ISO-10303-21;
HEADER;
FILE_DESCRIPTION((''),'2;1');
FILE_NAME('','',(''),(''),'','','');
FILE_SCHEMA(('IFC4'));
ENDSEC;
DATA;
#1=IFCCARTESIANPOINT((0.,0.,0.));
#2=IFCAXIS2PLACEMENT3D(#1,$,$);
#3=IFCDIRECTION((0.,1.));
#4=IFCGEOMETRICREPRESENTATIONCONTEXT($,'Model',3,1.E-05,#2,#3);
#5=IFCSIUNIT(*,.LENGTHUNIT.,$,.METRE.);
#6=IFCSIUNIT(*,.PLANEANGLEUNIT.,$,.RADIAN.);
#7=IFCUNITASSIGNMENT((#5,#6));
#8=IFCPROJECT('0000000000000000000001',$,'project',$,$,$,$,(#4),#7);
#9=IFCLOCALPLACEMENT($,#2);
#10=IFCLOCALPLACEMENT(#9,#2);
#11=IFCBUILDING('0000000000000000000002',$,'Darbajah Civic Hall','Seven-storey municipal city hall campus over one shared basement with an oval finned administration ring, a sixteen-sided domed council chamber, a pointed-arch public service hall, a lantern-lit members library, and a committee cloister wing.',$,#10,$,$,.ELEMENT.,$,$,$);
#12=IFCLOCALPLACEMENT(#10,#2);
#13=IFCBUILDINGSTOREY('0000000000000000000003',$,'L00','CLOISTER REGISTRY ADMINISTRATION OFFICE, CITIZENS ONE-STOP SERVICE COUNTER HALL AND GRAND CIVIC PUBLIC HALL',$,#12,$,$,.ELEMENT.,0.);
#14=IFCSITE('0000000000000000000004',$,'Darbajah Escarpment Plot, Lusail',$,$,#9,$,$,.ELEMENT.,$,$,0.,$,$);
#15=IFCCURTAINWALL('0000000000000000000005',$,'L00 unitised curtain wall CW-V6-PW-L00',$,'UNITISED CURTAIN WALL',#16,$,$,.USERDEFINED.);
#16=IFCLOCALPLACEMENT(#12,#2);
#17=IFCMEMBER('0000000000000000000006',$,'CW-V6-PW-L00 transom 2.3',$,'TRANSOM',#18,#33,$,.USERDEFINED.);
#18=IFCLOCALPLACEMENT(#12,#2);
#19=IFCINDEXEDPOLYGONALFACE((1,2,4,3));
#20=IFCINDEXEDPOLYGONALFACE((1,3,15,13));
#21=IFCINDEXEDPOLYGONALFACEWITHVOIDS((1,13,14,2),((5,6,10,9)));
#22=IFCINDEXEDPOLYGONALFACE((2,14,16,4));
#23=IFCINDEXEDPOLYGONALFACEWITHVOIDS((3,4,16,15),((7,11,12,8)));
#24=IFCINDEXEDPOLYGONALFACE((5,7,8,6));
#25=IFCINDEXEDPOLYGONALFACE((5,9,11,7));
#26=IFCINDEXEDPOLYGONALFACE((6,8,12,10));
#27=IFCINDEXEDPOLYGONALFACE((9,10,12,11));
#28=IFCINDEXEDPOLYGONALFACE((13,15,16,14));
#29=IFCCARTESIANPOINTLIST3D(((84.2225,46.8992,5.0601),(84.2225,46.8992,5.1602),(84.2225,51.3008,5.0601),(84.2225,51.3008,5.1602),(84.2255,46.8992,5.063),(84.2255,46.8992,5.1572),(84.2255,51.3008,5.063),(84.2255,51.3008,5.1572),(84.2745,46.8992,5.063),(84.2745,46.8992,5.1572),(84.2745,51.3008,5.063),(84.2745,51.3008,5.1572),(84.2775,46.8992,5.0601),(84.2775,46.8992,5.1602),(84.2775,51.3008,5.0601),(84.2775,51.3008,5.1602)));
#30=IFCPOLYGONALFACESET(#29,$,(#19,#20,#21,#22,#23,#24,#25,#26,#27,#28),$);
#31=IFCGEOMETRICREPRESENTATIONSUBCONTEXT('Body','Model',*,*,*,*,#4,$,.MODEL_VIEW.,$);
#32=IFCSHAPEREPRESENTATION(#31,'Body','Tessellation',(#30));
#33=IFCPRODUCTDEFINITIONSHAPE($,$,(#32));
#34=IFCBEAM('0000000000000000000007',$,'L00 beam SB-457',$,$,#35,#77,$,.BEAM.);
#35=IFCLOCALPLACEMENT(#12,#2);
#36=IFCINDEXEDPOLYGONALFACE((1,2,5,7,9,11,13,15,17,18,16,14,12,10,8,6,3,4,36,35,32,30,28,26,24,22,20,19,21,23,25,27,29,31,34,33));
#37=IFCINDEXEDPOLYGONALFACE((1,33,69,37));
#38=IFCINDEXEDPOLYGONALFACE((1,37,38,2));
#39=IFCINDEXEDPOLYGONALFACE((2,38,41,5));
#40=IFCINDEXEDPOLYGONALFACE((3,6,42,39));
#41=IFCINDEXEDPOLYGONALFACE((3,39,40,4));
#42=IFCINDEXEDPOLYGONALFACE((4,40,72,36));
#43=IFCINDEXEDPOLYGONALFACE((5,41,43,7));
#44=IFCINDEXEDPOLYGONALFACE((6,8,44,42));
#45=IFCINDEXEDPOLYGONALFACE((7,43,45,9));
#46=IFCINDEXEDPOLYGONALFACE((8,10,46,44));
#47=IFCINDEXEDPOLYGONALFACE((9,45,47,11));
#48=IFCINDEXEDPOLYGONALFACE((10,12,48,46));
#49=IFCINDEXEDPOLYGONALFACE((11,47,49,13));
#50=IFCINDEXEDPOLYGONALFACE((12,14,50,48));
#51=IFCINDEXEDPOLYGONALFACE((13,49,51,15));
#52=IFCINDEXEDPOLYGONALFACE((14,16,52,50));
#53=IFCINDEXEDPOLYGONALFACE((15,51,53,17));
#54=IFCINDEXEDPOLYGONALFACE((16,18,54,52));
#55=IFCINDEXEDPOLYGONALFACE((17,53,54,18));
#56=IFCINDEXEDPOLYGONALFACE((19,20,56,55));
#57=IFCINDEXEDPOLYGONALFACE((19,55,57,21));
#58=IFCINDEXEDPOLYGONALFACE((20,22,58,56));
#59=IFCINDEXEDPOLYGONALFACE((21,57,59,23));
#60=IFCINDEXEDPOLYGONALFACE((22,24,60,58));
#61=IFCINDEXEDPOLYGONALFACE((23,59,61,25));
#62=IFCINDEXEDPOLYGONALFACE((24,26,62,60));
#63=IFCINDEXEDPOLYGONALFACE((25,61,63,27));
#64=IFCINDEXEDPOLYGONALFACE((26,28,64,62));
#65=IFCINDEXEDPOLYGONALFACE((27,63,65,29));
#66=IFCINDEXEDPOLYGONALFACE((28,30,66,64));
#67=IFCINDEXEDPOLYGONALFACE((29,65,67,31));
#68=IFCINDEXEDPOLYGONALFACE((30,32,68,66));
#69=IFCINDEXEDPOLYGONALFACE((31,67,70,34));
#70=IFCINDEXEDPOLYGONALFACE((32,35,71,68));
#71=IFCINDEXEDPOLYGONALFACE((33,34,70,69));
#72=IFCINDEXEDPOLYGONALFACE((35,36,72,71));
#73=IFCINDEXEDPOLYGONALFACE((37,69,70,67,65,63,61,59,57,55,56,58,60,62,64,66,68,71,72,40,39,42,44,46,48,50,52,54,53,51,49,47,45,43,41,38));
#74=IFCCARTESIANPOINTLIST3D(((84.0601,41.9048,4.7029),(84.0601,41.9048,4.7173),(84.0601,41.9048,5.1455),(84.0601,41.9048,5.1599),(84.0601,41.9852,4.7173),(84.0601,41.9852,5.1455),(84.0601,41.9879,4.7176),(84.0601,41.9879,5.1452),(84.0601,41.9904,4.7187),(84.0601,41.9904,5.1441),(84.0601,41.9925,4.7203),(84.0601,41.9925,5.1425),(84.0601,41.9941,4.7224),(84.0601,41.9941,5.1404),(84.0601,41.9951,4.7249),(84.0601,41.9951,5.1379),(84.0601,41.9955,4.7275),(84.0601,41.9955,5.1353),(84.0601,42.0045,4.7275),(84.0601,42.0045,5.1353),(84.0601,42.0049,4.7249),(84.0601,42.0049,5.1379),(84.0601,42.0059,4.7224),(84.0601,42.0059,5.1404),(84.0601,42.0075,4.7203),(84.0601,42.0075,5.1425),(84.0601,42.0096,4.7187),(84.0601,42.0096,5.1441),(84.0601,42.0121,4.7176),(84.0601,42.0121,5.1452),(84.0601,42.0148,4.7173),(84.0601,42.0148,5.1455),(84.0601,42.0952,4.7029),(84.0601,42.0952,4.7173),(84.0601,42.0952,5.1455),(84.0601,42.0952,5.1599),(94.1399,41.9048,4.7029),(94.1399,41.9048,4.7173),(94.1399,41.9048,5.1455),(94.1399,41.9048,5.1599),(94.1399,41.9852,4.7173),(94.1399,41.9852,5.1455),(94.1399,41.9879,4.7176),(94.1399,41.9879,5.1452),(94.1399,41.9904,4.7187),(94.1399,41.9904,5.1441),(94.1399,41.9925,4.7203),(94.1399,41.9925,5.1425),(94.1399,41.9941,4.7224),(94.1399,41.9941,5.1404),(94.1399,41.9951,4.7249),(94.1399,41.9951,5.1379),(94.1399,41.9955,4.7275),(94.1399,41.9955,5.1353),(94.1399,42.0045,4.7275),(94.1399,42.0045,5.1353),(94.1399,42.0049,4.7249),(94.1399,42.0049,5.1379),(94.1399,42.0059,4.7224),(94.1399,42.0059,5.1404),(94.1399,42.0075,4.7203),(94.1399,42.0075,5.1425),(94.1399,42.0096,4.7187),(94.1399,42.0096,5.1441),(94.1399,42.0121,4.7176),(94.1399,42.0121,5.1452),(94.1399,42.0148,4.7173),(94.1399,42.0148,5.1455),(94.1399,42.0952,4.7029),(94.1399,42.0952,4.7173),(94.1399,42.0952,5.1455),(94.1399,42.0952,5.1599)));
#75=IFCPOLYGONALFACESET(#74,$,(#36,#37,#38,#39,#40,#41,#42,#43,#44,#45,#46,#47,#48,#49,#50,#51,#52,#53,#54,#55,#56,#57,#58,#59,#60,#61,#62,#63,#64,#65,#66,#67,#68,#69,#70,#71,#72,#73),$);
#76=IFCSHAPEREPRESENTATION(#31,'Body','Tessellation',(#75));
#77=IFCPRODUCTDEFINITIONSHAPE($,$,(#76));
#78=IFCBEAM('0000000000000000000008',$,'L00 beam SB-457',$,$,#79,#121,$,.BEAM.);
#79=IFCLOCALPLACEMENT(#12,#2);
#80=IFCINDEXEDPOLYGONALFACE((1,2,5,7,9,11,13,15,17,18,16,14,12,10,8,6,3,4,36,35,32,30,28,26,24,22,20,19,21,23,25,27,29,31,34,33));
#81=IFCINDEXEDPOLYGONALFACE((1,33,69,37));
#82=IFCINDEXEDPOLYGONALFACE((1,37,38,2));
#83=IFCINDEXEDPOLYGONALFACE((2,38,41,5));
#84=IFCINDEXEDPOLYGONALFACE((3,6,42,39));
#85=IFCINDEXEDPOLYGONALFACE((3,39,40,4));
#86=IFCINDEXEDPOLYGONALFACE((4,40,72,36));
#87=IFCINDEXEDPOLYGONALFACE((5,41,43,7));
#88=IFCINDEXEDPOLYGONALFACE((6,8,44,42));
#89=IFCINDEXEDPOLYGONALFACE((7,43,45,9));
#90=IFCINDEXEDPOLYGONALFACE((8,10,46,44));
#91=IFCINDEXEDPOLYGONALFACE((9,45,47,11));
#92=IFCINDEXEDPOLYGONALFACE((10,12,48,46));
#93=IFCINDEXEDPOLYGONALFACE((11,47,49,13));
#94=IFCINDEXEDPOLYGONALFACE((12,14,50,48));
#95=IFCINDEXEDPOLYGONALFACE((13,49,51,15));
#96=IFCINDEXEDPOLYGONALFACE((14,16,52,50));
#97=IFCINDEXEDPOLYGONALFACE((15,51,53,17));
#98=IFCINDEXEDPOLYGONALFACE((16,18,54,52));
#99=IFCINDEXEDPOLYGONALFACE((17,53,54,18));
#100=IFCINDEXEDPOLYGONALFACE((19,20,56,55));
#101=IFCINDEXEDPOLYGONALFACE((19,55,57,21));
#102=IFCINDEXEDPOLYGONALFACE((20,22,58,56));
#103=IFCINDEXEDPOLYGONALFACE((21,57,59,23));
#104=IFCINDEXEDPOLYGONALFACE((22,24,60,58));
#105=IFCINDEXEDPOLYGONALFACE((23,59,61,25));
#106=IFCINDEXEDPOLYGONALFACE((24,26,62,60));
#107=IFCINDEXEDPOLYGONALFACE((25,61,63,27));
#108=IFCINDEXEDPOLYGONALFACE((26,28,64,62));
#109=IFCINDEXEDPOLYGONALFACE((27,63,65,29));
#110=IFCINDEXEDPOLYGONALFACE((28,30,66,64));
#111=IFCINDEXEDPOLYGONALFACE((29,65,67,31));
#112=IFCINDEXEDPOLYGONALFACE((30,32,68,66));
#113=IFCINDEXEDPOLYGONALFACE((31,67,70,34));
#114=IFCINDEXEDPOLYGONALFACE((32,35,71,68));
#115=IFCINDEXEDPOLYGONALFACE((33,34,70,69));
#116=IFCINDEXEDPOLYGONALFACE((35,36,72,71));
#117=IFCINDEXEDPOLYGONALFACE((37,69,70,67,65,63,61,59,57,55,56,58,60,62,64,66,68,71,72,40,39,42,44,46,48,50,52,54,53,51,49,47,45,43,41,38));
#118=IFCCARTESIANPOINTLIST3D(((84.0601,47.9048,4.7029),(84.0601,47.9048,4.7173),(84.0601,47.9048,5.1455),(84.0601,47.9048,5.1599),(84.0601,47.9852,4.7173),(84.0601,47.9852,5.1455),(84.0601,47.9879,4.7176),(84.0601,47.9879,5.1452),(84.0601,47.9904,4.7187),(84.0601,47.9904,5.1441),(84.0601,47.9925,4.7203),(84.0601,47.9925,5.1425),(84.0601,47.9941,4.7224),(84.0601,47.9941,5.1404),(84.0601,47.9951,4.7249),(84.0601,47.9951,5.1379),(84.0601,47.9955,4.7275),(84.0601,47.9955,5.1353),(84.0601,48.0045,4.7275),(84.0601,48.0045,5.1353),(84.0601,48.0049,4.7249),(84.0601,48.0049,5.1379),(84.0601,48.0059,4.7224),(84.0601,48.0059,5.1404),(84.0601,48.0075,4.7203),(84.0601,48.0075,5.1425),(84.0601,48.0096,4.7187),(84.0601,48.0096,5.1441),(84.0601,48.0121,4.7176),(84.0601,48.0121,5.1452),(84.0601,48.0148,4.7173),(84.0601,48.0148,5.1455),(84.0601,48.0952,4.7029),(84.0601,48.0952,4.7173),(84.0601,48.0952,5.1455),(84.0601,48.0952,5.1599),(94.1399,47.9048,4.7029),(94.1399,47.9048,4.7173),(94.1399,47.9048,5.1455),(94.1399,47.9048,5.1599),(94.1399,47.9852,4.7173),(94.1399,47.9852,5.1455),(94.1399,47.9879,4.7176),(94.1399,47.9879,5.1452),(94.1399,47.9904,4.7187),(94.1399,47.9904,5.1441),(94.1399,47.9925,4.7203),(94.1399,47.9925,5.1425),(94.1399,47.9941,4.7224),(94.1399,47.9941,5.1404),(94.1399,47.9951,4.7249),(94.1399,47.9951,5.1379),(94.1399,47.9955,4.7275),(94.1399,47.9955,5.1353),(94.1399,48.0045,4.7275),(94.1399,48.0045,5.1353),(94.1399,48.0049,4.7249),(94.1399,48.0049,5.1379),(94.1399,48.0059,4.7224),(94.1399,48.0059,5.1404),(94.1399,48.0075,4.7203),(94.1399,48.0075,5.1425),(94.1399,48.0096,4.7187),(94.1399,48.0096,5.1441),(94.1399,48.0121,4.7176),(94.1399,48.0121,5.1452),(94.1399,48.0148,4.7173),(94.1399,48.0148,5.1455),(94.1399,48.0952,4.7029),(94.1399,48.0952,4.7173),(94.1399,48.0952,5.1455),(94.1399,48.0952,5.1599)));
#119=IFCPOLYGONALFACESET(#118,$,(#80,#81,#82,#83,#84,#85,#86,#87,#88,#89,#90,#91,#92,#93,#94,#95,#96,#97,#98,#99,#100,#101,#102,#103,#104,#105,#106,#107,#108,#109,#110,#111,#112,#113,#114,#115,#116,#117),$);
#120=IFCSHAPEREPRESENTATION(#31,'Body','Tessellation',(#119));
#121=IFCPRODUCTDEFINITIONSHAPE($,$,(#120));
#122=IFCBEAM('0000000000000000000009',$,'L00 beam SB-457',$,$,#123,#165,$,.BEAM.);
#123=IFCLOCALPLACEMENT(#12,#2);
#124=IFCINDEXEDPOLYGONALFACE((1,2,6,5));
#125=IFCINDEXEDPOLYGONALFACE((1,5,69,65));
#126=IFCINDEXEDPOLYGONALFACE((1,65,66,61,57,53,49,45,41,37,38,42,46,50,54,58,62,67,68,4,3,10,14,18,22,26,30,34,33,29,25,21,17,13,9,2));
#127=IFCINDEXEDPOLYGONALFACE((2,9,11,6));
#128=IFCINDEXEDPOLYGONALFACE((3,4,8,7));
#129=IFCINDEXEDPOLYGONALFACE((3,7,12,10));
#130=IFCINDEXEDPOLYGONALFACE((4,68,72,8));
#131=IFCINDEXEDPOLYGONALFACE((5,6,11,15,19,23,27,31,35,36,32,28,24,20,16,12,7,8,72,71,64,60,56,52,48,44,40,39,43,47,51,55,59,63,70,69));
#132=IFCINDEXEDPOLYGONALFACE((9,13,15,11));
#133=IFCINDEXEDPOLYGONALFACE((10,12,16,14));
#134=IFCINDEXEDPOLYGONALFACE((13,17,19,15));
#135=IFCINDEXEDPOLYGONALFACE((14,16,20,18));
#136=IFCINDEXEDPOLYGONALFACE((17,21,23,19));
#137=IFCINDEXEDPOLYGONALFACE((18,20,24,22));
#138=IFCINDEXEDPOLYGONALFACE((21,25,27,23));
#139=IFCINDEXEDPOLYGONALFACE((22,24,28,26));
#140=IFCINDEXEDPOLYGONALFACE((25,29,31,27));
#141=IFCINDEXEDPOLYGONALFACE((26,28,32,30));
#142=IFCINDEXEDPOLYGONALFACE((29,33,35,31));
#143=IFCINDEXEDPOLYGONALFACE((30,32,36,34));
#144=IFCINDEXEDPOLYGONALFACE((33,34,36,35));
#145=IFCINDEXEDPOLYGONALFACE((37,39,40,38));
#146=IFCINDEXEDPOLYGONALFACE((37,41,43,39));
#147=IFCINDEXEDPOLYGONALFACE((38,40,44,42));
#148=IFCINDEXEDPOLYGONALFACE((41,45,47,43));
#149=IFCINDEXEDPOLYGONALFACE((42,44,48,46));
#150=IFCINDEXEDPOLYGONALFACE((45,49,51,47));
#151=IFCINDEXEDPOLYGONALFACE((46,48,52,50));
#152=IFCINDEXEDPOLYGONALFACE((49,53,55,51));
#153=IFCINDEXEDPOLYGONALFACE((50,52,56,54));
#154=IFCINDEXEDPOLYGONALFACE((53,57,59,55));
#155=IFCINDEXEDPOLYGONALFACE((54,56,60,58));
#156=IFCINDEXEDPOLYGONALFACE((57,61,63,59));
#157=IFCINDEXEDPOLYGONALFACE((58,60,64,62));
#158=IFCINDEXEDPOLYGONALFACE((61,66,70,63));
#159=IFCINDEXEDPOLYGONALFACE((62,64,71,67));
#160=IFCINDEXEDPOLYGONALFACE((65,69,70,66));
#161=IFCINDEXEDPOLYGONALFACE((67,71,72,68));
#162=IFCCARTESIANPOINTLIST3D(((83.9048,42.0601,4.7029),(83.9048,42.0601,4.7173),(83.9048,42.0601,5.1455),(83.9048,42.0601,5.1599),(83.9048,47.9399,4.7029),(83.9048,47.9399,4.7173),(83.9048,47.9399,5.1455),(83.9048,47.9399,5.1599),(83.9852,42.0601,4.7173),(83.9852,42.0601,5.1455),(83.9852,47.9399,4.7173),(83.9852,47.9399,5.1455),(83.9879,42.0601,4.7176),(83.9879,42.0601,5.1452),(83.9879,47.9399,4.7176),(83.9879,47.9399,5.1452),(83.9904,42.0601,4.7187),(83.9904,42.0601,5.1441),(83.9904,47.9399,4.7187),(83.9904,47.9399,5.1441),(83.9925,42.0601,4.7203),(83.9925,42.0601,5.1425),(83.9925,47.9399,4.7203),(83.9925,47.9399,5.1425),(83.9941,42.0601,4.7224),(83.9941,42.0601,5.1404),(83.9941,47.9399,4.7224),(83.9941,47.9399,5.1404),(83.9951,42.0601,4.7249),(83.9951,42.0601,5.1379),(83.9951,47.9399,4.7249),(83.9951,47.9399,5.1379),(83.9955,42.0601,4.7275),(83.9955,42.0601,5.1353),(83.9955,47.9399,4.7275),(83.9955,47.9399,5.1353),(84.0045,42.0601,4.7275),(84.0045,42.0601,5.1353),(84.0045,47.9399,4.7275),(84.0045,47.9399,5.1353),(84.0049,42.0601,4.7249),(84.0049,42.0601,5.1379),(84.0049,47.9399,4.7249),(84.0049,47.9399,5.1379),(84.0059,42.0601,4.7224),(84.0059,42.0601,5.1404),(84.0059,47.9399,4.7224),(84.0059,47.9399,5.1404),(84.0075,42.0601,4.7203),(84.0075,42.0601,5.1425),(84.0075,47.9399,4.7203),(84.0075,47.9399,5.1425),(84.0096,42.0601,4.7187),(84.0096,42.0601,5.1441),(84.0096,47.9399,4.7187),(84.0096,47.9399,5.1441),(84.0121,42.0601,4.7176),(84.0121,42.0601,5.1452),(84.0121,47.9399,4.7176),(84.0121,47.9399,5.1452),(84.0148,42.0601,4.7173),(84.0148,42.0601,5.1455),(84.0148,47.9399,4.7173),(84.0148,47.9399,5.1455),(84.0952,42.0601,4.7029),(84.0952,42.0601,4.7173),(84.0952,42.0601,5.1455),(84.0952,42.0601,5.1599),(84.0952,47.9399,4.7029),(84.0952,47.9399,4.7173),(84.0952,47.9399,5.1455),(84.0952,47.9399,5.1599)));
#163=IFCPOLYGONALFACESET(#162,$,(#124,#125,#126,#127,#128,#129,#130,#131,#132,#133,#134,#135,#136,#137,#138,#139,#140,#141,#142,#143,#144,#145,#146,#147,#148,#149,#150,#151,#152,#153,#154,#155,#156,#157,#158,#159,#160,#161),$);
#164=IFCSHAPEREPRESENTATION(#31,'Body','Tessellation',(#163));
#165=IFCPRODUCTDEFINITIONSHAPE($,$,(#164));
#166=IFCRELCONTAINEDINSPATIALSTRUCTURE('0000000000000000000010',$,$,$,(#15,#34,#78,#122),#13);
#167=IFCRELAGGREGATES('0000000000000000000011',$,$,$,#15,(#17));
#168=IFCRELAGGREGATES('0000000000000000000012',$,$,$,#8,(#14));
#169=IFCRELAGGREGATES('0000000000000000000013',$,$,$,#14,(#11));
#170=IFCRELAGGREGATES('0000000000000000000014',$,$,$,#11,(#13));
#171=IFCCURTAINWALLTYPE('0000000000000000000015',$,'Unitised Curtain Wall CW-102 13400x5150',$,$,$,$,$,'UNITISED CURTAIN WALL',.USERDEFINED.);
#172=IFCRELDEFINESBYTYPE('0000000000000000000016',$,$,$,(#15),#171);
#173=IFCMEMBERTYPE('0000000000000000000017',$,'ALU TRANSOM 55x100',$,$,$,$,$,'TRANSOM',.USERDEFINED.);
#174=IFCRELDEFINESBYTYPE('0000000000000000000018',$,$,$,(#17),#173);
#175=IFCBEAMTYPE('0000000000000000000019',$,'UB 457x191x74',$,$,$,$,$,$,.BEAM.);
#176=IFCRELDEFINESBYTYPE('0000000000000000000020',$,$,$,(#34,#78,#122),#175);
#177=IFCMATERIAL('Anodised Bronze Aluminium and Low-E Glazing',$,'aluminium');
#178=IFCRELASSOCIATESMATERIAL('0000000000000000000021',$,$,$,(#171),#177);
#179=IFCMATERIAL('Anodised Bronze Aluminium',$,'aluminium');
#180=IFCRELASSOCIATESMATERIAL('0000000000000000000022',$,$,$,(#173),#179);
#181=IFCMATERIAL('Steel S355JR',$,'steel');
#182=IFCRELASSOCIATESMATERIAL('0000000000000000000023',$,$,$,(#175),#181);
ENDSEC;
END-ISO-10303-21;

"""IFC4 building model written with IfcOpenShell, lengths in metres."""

from ifc_helpers import new_model, si_unit, direction, frame, origin, origin_2d, place, context, subcontext, project, spatial, hollow_rectangle, i_section, extrude, material, material_profile, profile_set, type_object, element, aggregate, save


model = new_model("IFC4")

# Units and contexts
model_context = context("Model", 3, precision=1e-05, world=origin(), true_north=direction((0.0, 1.0)))
body_context = subcontext(model_context, "Body", "Model", "MODEL_VIEW")
ifc_project = project(units=[si_unit("LENGTHUNIT", "METRE"), si_unit("PLANEANGLEUNIT", "RADIAN")], contexts=[model_context])

# Site, building, storey
site_placement = place(None, origin())
site = spatial("IfcSite", under=ifc_project, at=site_placement, Name="Darbajah Escarpment Plot, Lusail", CompositionType="ELEMENT", RefElevation=0.0)
building_placement = place(site_placement, origin())
building = spatial("IfcBuilding", under=site, at=building_placement, Name="Darbajah Civic Hall", Description="Seven-storey municipal city hall campus over one shared basement with an oval finned administration ring, a sixteen-sided domed council chamber, a pointed-arch public service hall, a lantern-lit members library, and a committee cloister wing.", CompositionType="ELEMENT")
storey_placement = place(building_placement, origin())
storey = spatial("IfcBuildingStorey", under=building, at=storey_placement, Name="L00", Description="CLOISTER REGISTRY ADMINISTRATION OFFICE, CITIZENS ONE-STOP SERVICE COUNTER HALL AND GRAND CIVIC PUBLIC HALL", CompositionType="ELEMENT", Elevation=0.0)

# Shared definitions
ifc_material_1 = material(Name="Steel S355JR", Category="steel")

# Curtain wall
ifc_material_2 = material(Name="Anodised Bronze Aluminium and Low-E Glazing", Category="aluminium")
ifc_material_3 = material(Name="Anodised Bronze Aluminium", Category="aluminium")
curtain_wall_type_1 = type_object("IfcCurtainWallType", Name="Unitised Curtain Wall CW-102 13400x5150", ElementType="UNITISED CURTAIN WALL", PredefinedType="USERDEFINED", material=ifc_material_2)
curtain_wall_1_placement = place(storey_placement, origin())
curtain_wall_1 = element("IfcCurtainWall", 1, at=curtain_wall_1_placement, inside=storey, type_object=curtain_wall_type_1, Name="L00 unitised curtain wall CW-V6-PW-L00", ObjectType="UNITISED CURTAIN WALL", PredefinedType="USERDEFINED")

# Member
ifc_material_profile_1 = material_profile(ifc_material_3, hollow_rectangle(XDim=0.0549, YDim=0.1001, WallThickness=0.0029, at=origin_2d()), Name="ALU TRANSOM 55x100")
ifc_profile_set_1 = profile_set([ifc_material_profile_1], Name="Anodised Bronze Aluminium")
member_type_1 = type_object("IfcMemberType", Name="ALU TRANSOM 55x100", ElementType="TRANSOM", PredefinedType="USERDEFINED", material=ifc_profile_set_1)
member_1_placement = place(storey_placement, frame((84.25, 46.8992, 5.1101), z_axis=(0.0, 1.0, 0.0), x_axis=(-1.0, 0.0, 0.0)))
member_1 = element("IfcMember", 2, at=member_1_placement, type_object=member_type_1, Name="CW-V6-PW-L00 transom 2.3", ObjectType="TRANSOM", PredefinedType="USERDEFINED", context=body_context, shape_type="SweptSolid", body=[
    extrude(hollow_rectangle(XDim=0.0549, YDim=0.1001, WallThickness=0.0029, at=origin_2d()), origin(), (0.0, 0.0, 1.0), 4.4016),
])

# Beams
ifc_material_profile_2 = material_profile(ifc_material_1, i_section(OverallWidth=0.1904, OverallDepth=0.457, WebThickness=0.009, FlangeThickness=0.0144, FilletRadius=0.0103, at=origin_2d()), Name="UB 457x191x74")
ifc_profile_set_2 = profile_set([ifc_material_profile_2], Name="Steel S355JR")
beam_type = type_object("IfcBeamType", Name="UB 457x191x74", PredefinedType="BEAM", material=ifc_profile_set_2)
for number, where, z_axis, x_axis, name in (
    (3, (84.0601, 42.0, 4.9314), (1.0, 0.0, 0.0), (0.0, 1.0, 0.0), "L00 beam SB-457"),
    (4, (84.0601, 48.0, 4.9314), (1.0, 0.0, 0.0), (0.0, 1.0, 0.0), "L00 beam SB-457"),
):
    element("IfcBeam", number, at=place(storey_placement, frame(where, z_axis=z_axis, x_axis=x_axis)), inside=storey, type_object=beam_type, Name=name, PredefinedType="BEAM", context=body_context, shape_type="SweptSolid", body=[
        extrude(i_section(OverallWidth=0.1904, OverallDepth=0.457, WebThickness=0.009, FlangeThickness=0.0144, FilletRadius=0.0103, at=origin_2d()), origin(), (0.0, 0.0, 1.0), 10.0798),
    ])
beam_1_placement = place(storey_placement, frame((84.0, 42.0601, 4.9314), z_axis=(0.0, 1.0, 0.0), x_axis=(-1.0, 0.0, 0.0)))
element("IfcBeam", 5, at=beam_1_placement, inside=storey, type_object=beam_type, Name="L00 beam SB-457", PredefinedType="BEAM", context=body_context, shape_type="SweptSolid", body=[
    extrude(i_section(OverallWidth=0.1904, OverallDepth=0.457, WebThickness=0.009, FlangeThickness=0.0144, FilletRadius=0.0103, at=origin_2d()), origin(), (0.0, 0.0, 1.0), 5.8799),
])

aggregate(curtain_wall_1, [member_1])

save(model, "model.ifc")
